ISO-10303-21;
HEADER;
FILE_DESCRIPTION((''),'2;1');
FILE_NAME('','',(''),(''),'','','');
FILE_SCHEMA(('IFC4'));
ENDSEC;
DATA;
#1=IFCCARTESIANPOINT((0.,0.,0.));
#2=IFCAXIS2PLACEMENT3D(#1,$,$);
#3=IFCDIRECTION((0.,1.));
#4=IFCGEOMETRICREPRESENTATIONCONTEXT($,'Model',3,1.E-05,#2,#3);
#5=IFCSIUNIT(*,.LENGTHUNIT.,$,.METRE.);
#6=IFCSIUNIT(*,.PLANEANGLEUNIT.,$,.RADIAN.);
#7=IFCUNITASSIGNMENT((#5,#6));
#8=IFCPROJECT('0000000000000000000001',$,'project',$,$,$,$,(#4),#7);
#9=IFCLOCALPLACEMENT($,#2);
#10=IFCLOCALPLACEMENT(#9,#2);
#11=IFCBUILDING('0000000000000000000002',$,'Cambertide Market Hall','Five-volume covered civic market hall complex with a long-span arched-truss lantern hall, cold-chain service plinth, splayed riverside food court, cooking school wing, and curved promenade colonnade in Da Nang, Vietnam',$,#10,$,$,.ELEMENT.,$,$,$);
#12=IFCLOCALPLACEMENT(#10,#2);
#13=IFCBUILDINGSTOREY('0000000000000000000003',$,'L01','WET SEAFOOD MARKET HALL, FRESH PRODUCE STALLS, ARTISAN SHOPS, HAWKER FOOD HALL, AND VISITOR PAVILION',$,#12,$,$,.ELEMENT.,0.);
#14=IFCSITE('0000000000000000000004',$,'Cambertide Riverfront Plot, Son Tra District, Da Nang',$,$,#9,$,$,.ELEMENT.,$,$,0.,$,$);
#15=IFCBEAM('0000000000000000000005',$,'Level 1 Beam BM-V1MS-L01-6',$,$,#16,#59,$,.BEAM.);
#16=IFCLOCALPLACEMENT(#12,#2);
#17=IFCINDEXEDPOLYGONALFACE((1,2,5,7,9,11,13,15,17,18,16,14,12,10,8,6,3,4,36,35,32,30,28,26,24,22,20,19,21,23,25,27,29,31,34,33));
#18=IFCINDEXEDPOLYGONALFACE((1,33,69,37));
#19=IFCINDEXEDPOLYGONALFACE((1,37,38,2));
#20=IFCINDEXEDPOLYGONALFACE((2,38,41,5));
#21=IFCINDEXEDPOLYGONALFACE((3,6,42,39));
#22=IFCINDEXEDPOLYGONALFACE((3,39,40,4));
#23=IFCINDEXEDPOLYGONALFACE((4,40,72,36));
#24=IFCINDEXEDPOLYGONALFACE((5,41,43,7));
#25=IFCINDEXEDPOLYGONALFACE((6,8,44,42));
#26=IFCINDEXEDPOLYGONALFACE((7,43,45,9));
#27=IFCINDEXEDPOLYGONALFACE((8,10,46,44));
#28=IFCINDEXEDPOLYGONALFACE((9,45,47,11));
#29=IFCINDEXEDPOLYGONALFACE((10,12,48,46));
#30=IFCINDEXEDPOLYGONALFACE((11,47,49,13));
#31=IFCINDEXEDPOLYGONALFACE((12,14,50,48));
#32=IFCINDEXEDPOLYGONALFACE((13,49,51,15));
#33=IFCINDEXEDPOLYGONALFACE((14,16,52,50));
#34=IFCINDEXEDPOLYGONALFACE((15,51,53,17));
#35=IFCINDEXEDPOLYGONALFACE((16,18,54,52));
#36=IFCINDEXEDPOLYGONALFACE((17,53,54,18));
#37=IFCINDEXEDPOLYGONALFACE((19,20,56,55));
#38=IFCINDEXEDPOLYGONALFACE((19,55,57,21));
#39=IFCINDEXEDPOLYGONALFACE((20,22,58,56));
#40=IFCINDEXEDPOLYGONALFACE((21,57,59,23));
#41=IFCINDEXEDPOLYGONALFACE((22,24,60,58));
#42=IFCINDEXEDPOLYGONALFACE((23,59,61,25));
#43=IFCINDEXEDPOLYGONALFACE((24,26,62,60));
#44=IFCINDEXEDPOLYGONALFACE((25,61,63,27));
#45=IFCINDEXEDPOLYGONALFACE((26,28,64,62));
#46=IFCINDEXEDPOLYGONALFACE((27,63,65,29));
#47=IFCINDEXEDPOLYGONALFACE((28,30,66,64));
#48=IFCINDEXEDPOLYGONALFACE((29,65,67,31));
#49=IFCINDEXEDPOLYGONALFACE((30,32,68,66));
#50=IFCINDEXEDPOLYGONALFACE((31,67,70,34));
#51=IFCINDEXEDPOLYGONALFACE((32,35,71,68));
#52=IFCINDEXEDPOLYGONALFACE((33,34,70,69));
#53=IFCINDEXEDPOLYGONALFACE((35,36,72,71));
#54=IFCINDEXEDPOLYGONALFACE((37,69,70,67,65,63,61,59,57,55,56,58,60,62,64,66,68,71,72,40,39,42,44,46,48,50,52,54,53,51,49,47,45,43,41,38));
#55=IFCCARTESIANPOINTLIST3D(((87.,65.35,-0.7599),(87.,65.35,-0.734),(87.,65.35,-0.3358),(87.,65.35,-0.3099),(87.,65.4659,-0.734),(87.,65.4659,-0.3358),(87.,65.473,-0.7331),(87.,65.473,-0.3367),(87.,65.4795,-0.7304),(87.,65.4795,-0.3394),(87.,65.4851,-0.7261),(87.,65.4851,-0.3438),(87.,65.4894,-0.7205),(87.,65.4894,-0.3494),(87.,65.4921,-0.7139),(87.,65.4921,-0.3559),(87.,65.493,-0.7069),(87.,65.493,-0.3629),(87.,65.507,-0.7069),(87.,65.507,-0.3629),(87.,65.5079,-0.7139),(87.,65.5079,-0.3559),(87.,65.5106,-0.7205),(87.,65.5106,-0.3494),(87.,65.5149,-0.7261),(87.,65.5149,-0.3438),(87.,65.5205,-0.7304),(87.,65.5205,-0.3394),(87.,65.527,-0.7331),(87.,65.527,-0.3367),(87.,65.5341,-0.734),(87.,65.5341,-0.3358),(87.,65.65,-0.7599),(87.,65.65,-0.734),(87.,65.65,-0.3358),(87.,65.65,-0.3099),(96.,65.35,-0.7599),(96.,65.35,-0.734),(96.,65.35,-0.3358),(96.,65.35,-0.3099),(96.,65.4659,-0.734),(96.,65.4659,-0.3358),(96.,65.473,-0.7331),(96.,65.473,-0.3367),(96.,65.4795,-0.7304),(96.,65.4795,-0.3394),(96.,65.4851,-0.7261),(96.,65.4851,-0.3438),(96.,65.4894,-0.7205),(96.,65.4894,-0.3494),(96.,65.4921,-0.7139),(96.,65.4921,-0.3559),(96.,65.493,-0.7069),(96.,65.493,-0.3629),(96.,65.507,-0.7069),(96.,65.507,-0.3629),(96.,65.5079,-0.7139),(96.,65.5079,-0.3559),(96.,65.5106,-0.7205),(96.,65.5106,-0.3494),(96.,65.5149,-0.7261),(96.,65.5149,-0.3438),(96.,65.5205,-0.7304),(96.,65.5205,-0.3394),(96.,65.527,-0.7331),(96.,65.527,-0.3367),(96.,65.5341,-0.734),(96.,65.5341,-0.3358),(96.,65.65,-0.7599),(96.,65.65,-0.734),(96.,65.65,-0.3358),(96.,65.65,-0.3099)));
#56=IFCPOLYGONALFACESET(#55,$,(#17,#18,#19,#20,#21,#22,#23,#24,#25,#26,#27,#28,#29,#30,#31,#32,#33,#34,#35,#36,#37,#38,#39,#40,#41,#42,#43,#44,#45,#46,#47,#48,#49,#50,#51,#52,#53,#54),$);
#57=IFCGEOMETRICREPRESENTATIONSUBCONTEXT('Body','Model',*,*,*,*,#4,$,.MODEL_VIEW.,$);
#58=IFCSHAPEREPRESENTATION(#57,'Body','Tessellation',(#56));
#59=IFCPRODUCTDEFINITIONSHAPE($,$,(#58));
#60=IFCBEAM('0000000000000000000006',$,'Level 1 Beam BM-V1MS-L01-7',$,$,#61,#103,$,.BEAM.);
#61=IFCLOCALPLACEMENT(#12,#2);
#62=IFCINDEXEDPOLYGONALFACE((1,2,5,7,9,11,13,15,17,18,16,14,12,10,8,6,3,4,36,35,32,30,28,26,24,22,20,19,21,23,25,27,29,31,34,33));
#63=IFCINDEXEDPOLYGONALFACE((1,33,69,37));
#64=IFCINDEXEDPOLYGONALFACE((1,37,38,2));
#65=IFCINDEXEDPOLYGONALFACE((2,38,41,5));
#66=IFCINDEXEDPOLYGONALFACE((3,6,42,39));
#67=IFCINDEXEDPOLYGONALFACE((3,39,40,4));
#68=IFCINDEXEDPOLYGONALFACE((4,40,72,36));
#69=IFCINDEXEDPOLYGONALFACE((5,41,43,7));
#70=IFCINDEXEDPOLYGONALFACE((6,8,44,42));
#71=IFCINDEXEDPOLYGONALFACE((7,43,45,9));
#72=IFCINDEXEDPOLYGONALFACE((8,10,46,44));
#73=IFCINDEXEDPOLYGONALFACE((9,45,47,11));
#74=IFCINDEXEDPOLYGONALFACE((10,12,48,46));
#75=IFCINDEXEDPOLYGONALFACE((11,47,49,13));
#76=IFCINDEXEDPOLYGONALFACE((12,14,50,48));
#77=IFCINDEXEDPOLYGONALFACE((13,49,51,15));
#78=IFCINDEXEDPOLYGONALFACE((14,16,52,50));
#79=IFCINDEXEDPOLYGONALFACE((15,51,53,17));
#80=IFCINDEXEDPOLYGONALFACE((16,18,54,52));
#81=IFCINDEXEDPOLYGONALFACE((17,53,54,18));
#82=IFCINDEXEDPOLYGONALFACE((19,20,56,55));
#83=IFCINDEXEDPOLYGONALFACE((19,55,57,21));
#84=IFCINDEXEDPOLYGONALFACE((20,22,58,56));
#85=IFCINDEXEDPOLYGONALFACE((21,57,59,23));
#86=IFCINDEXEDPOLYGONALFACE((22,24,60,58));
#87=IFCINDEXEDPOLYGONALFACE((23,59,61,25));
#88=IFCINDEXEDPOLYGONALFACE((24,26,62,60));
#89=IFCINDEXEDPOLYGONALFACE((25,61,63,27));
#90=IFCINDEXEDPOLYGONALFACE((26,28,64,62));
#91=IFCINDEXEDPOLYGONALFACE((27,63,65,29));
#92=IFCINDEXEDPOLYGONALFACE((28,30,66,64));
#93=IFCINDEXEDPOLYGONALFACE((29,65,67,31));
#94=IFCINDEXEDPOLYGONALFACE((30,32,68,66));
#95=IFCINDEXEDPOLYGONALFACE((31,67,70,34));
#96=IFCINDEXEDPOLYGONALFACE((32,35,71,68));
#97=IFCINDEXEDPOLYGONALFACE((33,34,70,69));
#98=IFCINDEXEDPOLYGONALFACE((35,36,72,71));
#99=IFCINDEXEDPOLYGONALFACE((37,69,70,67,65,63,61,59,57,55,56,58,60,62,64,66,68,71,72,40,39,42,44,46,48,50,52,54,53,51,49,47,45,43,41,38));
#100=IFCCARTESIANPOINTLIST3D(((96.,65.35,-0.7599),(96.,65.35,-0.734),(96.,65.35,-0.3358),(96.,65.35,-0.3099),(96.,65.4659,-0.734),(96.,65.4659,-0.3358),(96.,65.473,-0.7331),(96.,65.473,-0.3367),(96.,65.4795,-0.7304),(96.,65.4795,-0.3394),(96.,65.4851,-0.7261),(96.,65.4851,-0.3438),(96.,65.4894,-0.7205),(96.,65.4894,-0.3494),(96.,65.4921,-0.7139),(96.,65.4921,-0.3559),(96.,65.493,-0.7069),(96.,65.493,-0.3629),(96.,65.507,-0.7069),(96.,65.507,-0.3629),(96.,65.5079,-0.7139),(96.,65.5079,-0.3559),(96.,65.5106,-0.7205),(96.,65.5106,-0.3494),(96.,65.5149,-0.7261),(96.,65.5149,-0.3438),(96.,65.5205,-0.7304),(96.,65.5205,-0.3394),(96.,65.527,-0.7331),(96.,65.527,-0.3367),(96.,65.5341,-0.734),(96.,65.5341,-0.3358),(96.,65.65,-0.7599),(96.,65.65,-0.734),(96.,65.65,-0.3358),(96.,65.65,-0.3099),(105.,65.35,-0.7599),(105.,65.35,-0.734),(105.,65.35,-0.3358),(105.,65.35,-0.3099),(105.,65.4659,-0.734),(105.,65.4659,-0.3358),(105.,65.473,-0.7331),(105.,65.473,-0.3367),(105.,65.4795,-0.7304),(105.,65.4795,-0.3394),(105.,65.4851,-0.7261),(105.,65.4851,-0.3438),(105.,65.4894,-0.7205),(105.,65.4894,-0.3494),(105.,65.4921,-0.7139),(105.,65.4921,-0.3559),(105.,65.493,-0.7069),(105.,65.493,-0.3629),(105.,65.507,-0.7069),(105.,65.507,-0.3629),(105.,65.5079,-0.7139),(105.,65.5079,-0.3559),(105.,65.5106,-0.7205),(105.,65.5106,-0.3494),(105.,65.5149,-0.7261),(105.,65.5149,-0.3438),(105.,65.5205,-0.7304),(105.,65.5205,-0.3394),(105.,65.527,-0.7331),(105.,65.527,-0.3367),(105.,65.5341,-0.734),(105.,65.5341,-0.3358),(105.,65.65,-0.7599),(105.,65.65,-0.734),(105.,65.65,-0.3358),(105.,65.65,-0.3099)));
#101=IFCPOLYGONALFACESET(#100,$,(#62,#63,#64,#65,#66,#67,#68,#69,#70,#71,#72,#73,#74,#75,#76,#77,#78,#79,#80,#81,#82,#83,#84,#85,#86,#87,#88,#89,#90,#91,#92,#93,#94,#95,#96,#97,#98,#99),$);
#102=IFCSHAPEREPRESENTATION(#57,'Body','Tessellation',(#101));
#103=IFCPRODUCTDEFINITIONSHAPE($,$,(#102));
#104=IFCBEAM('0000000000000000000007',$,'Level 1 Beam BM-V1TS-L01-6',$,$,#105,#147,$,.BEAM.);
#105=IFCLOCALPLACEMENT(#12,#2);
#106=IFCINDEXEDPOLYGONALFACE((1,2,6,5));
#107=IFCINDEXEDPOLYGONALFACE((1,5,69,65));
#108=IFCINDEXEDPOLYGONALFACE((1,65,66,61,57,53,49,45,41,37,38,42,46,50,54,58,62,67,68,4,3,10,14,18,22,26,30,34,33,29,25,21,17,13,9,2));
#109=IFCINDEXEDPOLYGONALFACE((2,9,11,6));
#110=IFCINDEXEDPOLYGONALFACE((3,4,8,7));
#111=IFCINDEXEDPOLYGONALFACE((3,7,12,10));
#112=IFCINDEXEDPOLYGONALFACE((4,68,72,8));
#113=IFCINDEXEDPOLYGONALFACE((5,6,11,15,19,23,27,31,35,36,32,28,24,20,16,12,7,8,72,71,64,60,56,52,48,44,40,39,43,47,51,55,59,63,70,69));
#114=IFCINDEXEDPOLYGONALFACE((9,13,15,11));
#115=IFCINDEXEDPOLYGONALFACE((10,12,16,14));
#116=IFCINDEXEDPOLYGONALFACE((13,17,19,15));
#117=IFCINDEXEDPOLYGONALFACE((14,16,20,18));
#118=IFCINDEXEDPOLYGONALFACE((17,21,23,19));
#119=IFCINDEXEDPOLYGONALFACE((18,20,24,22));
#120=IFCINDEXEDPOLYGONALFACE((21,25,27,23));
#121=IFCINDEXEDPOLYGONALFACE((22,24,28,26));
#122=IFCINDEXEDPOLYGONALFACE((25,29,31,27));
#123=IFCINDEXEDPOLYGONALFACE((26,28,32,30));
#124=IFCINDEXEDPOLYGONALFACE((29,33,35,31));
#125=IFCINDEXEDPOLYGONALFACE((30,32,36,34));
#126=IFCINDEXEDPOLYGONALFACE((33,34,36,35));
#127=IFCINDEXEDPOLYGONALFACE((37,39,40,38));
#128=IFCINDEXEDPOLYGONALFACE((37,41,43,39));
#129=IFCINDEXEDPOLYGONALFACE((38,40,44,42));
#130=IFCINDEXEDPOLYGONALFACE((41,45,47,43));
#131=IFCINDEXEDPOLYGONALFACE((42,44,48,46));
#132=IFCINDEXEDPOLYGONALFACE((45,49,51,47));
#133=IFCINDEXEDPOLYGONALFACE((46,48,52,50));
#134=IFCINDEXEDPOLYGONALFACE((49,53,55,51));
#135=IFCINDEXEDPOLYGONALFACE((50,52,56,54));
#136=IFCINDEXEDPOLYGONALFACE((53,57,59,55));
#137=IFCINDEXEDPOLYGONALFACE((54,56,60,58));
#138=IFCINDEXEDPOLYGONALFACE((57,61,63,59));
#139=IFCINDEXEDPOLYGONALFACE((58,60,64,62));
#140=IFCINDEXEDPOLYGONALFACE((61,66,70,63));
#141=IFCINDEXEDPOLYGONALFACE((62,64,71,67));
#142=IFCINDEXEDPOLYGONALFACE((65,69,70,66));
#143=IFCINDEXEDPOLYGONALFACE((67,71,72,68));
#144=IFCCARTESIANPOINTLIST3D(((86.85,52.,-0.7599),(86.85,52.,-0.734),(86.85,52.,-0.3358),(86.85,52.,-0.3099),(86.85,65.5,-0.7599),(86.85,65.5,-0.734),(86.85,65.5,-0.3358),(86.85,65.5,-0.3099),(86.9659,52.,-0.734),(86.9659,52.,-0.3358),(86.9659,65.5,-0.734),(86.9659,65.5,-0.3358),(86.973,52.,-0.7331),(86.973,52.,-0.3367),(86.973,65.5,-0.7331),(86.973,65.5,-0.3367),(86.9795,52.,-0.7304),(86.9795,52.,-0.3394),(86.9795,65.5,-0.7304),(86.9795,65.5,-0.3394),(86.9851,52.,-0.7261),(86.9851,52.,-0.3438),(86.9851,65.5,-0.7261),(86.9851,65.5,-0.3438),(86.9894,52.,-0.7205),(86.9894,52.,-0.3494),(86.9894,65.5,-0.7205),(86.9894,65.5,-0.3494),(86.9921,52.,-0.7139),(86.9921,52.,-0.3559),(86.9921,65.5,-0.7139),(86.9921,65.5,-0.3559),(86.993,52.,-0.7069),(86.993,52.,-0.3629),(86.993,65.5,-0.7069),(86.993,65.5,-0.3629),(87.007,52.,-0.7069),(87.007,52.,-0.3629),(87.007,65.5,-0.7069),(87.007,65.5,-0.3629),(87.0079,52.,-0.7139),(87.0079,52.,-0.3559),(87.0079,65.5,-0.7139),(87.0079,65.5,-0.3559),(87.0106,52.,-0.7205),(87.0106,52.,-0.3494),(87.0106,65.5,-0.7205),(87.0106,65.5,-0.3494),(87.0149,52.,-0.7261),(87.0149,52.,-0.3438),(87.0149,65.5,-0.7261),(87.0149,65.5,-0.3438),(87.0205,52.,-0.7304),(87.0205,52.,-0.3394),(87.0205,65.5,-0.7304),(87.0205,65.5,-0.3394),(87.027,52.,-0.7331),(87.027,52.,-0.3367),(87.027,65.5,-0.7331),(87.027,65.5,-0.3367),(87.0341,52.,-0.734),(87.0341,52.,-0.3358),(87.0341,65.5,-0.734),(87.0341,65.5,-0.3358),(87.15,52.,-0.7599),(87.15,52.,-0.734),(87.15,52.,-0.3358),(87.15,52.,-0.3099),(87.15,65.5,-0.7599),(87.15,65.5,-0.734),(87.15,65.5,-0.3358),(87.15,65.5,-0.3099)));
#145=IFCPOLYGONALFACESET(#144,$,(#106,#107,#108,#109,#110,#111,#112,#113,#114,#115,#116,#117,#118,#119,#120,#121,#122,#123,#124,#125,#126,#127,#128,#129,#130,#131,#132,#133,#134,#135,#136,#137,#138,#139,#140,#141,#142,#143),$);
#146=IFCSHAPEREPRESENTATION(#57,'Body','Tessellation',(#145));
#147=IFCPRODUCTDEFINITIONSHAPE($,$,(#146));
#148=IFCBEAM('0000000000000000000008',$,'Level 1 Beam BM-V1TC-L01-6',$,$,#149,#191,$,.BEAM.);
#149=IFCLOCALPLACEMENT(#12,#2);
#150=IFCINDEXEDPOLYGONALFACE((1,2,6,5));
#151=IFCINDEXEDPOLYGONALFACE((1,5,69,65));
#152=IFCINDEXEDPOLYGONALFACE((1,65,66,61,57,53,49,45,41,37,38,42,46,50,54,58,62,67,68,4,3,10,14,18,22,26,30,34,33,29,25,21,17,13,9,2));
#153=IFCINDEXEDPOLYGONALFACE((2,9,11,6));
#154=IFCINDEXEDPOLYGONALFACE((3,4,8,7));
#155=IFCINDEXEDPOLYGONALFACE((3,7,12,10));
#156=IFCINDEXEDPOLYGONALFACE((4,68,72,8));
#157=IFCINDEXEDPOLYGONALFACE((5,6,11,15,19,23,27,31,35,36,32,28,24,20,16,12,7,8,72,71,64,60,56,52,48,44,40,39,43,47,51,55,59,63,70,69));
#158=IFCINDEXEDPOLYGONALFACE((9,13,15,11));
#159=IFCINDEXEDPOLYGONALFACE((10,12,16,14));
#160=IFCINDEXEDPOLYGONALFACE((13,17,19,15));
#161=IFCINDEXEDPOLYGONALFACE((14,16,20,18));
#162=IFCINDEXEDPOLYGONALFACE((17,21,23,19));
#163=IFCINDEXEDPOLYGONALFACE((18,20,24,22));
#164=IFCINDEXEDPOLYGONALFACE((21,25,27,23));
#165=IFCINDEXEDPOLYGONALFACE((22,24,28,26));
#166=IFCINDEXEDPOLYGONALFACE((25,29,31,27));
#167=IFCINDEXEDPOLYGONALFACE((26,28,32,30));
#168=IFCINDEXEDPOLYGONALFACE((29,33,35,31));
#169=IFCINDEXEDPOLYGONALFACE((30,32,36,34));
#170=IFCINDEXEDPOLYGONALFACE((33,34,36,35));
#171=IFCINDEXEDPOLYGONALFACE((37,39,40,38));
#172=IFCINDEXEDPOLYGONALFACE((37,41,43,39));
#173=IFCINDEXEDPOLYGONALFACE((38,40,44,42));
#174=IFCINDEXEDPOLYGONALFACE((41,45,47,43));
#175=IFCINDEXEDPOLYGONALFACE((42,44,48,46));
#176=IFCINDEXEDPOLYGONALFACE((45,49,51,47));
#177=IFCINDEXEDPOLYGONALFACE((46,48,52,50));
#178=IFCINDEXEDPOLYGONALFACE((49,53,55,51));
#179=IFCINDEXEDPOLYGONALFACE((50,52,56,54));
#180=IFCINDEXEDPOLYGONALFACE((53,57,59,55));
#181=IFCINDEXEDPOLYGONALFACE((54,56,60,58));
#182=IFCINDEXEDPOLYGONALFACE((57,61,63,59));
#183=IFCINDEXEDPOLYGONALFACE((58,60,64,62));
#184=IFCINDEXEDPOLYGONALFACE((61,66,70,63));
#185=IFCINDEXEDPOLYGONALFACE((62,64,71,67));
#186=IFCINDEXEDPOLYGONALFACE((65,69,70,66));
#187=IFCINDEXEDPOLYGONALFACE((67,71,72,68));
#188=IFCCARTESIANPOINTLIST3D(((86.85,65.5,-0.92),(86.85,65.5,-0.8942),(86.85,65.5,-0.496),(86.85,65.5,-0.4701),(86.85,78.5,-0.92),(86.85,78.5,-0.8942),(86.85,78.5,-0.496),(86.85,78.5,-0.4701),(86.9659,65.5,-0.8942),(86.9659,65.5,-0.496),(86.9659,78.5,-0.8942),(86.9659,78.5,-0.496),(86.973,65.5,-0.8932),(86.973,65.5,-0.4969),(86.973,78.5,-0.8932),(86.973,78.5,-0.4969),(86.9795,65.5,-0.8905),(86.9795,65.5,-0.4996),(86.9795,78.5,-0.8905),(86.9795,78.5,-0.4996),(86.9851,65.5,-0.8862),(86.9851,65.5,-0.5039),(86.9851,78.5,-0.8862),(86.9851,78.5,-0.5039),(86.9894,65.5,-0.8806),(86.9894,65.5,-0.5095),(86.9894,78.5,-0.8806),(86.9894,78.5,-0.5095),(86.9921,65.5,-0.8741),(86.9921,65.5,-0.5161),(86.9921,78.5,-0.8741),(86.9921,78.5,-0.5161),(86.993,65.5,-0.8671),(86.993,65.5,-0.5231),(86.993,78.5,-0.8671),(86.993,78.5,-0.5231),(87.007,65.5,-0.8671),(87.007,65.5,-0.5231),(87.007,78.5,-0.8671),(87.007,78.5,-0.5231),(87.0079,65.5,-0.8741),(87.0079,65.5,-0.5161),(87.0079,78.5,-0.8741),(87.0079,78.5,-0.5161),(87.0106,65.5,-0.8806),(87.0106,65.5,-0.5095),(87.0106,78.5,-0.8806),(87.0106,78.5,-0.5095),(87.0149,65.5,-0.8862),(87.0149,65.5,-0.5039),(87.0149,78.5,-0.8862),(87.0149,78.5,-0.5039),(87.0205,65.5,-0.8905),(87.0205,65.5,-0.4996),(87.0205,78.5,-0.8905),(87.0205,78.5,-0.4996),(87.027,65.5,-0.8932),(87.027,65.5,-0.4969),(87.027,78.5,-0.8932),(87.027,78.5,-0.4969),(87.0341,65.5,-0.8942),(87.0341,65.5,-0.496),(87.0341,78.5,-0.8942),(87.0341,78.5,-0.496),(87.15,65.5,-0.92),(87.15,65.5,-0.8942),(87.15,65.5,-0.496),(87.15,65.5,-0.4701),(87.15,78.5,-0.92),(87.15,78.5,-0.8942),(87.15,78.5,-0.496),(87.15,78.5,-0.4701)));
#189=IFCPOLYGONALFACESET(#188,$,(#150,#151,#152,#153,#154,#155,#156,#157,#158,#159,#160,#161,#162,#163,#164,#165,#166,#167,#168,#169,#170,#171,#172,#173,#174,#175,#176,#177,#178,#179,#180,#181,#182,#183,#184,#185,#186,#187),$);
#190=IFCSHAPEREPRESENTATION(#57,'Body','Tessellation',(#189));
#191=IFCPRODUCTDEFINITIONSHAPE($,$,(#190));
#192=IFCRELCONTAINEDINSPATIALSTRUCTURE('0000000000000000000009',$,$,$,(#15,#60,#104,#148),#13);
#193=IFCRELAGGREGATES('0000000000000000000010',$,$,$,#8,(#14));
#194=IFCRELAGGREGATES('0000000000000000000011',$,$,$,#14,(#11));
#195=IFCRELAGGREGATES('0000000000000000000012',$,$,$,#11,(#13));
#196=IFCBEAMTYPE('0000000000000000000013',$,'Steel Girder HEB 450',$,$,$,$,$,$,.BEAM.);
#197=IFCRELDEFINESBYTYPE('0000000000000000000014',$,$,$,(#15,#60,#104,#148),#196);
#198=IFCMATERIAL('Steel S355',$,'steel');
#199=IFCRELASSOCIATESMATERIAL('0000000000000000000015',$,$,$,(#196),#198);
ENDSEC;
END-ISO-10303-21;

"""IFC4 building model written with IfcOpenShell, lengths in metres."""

from ifc_helpers import new_model, si_unit, direction, frame, origin, origin_2d, place, context, subcontext, project, spatial, i_section, extrude, material, material_profile, profile_set, type_object, element, save


model = new_model("IFC4")

# Units and contexts
model_context = context("Model", 3, precision=1e-05, world=origin(), true_north=direction((0.0, 1.0)))
body_context = subcontext(model_context, "Body", "Model", "MODEL_VIEW")
ifc_project = project(units=[si_unit("LENGTHUNIT", "METRE"), si_unit("PLANEANGLEUNIT", "RADIAN")], contexts=[model_context])

# Site, building, storey
site_placement = place(None, origin())
site = spatial("IfcSite", under=ifc_project, at=site_placement, Name="Cambertide Riverfront Plot, Son Tra District, Da Nang", CompositionType="ELEMENT", RefElevation=0.0)
building_placement = place(site_placement, origin())
building = spatial("IfcBuilding", under=site, at=building_placement, Name="Cambertide Market Hall", Description="Five-volume covered civic market hall complex with a long-span arched-truss lantern hall, cold-chain service plinth, splayed riverside food court, cooking school wing, and curved promenade colonnade in Da Nang, Vietnam", CompositionType="ELEMENT")
storey_placement = place(building_placement, origin())
storey = spatial("IfcBuildingStorey", under=building, at=storey_placement, Name="L01", Description="WET SEAFOOD MARKET HALL, FRESH PRODUCE STALLS, ARTISAN SHOPS, HAWKER FOOD HALL, AND VISITOR PAVILION", CompositionType="ELEMENT", Elevation=0.0)

# Beams
ifc_material_1 = material(Name="Steel S355", Category="steel")
ifc_material_profile_1 = material_profile(ifc_material_1, i_section(OverallWidth=0.3, OverallDepth=0.45, WebThickness=0.0139, FlangeThickness=0.0259, FilletRadius=0.0271, at=origin_2d()), Name="HEB 450")
ifc_profile_set_1 = profile_set([ifc_material_profile_1], Name="Steel S355")
beam_type_1 = type_object("IfcBeamType", Name="Steel Girder HEB 450", PredefinedType="BEAM", material=ifc_profile_set_1)
for number, where, z_axis, x_axis, name in (
    (1, (87.0, 65.5, -0.5349), (1.0, 0.0, 0.0), (0.0, 1.0, 0.0), "Level 1 Beam BM-V1MS-L01-6"),
    (2, (96.0, 65.5, -0.5349), (1.0, 0.0, 0.0), (0.0, 1.0, 0.0), "Level 1 Beam BM-V1MS-L01-7"),
):
    element("IfcBeam", number, at=place(storey_placement, frame(where, z_axis=z_axis, x_axis=x_axis)), inside=storey, type_object=beam_type_1, Name=name, PredefinedType="BEAM", context=body_context, shape_type="SweptSolid", body=[
        extrude(i_section(OverallWidth=0.3, OverallDepth=0.45, WebThickness=0.0139, FlangeThickness=0.0259, FilletRadius=0.0271, at=origin_2d()), origin(), (0.0, 0.0, 1.0), 9.0),
    ])
beam_1_placement = place(storey_placement, frame((87.0, 52.0, -0.5349), z_axis=(0.0, 1.0, 0.0), x_axis=(-1.0, 0.0, 0.0)))
element("IfcBeam", 3, at=beam_1_placement, inside=storey, type_object=beam_type_1, Name="Level 1 Beam BM-V1TS-L01-6", PredefinedType="BEAM", context=body_context, shape_type="SweptSolid", body=[
    extrude(i_section(OverallWidth=0.3, OverallDepth=0.45, WebThickness=0.0139, FlangeThickness=0.0259, FilletRadius=0.0271, at=origin_2d()), origin(), (0.0, 0.0, 1.0), 13.5),
])
beam_2_placement = place(storey_placement, frame((87.0, 65.5, -0.6951), z_axis=(0.0, 1.0, 0.0), x_axis=(-1.0, 0.0, 0.0)))
element("IfcBeam", 4, at=beam_2_placement, inside=storey, type_object=beam_type_1, Name="Level 1 Beam BM-V1TC-L01-6", PredefinedType="BEAM", context=body_context, shape_type="SweptSolid", body=[
    extrude(i_section(OverallWidth=0.3, OverallDepth=0.45, WebThickness=0.0139, FlangeThickness=0.0259, FilletRadius=0.0271, at=origin_2d()), origin(), (0.0, 0.0, 1.0), 13.0),
])

save(model, "model.ifc")
